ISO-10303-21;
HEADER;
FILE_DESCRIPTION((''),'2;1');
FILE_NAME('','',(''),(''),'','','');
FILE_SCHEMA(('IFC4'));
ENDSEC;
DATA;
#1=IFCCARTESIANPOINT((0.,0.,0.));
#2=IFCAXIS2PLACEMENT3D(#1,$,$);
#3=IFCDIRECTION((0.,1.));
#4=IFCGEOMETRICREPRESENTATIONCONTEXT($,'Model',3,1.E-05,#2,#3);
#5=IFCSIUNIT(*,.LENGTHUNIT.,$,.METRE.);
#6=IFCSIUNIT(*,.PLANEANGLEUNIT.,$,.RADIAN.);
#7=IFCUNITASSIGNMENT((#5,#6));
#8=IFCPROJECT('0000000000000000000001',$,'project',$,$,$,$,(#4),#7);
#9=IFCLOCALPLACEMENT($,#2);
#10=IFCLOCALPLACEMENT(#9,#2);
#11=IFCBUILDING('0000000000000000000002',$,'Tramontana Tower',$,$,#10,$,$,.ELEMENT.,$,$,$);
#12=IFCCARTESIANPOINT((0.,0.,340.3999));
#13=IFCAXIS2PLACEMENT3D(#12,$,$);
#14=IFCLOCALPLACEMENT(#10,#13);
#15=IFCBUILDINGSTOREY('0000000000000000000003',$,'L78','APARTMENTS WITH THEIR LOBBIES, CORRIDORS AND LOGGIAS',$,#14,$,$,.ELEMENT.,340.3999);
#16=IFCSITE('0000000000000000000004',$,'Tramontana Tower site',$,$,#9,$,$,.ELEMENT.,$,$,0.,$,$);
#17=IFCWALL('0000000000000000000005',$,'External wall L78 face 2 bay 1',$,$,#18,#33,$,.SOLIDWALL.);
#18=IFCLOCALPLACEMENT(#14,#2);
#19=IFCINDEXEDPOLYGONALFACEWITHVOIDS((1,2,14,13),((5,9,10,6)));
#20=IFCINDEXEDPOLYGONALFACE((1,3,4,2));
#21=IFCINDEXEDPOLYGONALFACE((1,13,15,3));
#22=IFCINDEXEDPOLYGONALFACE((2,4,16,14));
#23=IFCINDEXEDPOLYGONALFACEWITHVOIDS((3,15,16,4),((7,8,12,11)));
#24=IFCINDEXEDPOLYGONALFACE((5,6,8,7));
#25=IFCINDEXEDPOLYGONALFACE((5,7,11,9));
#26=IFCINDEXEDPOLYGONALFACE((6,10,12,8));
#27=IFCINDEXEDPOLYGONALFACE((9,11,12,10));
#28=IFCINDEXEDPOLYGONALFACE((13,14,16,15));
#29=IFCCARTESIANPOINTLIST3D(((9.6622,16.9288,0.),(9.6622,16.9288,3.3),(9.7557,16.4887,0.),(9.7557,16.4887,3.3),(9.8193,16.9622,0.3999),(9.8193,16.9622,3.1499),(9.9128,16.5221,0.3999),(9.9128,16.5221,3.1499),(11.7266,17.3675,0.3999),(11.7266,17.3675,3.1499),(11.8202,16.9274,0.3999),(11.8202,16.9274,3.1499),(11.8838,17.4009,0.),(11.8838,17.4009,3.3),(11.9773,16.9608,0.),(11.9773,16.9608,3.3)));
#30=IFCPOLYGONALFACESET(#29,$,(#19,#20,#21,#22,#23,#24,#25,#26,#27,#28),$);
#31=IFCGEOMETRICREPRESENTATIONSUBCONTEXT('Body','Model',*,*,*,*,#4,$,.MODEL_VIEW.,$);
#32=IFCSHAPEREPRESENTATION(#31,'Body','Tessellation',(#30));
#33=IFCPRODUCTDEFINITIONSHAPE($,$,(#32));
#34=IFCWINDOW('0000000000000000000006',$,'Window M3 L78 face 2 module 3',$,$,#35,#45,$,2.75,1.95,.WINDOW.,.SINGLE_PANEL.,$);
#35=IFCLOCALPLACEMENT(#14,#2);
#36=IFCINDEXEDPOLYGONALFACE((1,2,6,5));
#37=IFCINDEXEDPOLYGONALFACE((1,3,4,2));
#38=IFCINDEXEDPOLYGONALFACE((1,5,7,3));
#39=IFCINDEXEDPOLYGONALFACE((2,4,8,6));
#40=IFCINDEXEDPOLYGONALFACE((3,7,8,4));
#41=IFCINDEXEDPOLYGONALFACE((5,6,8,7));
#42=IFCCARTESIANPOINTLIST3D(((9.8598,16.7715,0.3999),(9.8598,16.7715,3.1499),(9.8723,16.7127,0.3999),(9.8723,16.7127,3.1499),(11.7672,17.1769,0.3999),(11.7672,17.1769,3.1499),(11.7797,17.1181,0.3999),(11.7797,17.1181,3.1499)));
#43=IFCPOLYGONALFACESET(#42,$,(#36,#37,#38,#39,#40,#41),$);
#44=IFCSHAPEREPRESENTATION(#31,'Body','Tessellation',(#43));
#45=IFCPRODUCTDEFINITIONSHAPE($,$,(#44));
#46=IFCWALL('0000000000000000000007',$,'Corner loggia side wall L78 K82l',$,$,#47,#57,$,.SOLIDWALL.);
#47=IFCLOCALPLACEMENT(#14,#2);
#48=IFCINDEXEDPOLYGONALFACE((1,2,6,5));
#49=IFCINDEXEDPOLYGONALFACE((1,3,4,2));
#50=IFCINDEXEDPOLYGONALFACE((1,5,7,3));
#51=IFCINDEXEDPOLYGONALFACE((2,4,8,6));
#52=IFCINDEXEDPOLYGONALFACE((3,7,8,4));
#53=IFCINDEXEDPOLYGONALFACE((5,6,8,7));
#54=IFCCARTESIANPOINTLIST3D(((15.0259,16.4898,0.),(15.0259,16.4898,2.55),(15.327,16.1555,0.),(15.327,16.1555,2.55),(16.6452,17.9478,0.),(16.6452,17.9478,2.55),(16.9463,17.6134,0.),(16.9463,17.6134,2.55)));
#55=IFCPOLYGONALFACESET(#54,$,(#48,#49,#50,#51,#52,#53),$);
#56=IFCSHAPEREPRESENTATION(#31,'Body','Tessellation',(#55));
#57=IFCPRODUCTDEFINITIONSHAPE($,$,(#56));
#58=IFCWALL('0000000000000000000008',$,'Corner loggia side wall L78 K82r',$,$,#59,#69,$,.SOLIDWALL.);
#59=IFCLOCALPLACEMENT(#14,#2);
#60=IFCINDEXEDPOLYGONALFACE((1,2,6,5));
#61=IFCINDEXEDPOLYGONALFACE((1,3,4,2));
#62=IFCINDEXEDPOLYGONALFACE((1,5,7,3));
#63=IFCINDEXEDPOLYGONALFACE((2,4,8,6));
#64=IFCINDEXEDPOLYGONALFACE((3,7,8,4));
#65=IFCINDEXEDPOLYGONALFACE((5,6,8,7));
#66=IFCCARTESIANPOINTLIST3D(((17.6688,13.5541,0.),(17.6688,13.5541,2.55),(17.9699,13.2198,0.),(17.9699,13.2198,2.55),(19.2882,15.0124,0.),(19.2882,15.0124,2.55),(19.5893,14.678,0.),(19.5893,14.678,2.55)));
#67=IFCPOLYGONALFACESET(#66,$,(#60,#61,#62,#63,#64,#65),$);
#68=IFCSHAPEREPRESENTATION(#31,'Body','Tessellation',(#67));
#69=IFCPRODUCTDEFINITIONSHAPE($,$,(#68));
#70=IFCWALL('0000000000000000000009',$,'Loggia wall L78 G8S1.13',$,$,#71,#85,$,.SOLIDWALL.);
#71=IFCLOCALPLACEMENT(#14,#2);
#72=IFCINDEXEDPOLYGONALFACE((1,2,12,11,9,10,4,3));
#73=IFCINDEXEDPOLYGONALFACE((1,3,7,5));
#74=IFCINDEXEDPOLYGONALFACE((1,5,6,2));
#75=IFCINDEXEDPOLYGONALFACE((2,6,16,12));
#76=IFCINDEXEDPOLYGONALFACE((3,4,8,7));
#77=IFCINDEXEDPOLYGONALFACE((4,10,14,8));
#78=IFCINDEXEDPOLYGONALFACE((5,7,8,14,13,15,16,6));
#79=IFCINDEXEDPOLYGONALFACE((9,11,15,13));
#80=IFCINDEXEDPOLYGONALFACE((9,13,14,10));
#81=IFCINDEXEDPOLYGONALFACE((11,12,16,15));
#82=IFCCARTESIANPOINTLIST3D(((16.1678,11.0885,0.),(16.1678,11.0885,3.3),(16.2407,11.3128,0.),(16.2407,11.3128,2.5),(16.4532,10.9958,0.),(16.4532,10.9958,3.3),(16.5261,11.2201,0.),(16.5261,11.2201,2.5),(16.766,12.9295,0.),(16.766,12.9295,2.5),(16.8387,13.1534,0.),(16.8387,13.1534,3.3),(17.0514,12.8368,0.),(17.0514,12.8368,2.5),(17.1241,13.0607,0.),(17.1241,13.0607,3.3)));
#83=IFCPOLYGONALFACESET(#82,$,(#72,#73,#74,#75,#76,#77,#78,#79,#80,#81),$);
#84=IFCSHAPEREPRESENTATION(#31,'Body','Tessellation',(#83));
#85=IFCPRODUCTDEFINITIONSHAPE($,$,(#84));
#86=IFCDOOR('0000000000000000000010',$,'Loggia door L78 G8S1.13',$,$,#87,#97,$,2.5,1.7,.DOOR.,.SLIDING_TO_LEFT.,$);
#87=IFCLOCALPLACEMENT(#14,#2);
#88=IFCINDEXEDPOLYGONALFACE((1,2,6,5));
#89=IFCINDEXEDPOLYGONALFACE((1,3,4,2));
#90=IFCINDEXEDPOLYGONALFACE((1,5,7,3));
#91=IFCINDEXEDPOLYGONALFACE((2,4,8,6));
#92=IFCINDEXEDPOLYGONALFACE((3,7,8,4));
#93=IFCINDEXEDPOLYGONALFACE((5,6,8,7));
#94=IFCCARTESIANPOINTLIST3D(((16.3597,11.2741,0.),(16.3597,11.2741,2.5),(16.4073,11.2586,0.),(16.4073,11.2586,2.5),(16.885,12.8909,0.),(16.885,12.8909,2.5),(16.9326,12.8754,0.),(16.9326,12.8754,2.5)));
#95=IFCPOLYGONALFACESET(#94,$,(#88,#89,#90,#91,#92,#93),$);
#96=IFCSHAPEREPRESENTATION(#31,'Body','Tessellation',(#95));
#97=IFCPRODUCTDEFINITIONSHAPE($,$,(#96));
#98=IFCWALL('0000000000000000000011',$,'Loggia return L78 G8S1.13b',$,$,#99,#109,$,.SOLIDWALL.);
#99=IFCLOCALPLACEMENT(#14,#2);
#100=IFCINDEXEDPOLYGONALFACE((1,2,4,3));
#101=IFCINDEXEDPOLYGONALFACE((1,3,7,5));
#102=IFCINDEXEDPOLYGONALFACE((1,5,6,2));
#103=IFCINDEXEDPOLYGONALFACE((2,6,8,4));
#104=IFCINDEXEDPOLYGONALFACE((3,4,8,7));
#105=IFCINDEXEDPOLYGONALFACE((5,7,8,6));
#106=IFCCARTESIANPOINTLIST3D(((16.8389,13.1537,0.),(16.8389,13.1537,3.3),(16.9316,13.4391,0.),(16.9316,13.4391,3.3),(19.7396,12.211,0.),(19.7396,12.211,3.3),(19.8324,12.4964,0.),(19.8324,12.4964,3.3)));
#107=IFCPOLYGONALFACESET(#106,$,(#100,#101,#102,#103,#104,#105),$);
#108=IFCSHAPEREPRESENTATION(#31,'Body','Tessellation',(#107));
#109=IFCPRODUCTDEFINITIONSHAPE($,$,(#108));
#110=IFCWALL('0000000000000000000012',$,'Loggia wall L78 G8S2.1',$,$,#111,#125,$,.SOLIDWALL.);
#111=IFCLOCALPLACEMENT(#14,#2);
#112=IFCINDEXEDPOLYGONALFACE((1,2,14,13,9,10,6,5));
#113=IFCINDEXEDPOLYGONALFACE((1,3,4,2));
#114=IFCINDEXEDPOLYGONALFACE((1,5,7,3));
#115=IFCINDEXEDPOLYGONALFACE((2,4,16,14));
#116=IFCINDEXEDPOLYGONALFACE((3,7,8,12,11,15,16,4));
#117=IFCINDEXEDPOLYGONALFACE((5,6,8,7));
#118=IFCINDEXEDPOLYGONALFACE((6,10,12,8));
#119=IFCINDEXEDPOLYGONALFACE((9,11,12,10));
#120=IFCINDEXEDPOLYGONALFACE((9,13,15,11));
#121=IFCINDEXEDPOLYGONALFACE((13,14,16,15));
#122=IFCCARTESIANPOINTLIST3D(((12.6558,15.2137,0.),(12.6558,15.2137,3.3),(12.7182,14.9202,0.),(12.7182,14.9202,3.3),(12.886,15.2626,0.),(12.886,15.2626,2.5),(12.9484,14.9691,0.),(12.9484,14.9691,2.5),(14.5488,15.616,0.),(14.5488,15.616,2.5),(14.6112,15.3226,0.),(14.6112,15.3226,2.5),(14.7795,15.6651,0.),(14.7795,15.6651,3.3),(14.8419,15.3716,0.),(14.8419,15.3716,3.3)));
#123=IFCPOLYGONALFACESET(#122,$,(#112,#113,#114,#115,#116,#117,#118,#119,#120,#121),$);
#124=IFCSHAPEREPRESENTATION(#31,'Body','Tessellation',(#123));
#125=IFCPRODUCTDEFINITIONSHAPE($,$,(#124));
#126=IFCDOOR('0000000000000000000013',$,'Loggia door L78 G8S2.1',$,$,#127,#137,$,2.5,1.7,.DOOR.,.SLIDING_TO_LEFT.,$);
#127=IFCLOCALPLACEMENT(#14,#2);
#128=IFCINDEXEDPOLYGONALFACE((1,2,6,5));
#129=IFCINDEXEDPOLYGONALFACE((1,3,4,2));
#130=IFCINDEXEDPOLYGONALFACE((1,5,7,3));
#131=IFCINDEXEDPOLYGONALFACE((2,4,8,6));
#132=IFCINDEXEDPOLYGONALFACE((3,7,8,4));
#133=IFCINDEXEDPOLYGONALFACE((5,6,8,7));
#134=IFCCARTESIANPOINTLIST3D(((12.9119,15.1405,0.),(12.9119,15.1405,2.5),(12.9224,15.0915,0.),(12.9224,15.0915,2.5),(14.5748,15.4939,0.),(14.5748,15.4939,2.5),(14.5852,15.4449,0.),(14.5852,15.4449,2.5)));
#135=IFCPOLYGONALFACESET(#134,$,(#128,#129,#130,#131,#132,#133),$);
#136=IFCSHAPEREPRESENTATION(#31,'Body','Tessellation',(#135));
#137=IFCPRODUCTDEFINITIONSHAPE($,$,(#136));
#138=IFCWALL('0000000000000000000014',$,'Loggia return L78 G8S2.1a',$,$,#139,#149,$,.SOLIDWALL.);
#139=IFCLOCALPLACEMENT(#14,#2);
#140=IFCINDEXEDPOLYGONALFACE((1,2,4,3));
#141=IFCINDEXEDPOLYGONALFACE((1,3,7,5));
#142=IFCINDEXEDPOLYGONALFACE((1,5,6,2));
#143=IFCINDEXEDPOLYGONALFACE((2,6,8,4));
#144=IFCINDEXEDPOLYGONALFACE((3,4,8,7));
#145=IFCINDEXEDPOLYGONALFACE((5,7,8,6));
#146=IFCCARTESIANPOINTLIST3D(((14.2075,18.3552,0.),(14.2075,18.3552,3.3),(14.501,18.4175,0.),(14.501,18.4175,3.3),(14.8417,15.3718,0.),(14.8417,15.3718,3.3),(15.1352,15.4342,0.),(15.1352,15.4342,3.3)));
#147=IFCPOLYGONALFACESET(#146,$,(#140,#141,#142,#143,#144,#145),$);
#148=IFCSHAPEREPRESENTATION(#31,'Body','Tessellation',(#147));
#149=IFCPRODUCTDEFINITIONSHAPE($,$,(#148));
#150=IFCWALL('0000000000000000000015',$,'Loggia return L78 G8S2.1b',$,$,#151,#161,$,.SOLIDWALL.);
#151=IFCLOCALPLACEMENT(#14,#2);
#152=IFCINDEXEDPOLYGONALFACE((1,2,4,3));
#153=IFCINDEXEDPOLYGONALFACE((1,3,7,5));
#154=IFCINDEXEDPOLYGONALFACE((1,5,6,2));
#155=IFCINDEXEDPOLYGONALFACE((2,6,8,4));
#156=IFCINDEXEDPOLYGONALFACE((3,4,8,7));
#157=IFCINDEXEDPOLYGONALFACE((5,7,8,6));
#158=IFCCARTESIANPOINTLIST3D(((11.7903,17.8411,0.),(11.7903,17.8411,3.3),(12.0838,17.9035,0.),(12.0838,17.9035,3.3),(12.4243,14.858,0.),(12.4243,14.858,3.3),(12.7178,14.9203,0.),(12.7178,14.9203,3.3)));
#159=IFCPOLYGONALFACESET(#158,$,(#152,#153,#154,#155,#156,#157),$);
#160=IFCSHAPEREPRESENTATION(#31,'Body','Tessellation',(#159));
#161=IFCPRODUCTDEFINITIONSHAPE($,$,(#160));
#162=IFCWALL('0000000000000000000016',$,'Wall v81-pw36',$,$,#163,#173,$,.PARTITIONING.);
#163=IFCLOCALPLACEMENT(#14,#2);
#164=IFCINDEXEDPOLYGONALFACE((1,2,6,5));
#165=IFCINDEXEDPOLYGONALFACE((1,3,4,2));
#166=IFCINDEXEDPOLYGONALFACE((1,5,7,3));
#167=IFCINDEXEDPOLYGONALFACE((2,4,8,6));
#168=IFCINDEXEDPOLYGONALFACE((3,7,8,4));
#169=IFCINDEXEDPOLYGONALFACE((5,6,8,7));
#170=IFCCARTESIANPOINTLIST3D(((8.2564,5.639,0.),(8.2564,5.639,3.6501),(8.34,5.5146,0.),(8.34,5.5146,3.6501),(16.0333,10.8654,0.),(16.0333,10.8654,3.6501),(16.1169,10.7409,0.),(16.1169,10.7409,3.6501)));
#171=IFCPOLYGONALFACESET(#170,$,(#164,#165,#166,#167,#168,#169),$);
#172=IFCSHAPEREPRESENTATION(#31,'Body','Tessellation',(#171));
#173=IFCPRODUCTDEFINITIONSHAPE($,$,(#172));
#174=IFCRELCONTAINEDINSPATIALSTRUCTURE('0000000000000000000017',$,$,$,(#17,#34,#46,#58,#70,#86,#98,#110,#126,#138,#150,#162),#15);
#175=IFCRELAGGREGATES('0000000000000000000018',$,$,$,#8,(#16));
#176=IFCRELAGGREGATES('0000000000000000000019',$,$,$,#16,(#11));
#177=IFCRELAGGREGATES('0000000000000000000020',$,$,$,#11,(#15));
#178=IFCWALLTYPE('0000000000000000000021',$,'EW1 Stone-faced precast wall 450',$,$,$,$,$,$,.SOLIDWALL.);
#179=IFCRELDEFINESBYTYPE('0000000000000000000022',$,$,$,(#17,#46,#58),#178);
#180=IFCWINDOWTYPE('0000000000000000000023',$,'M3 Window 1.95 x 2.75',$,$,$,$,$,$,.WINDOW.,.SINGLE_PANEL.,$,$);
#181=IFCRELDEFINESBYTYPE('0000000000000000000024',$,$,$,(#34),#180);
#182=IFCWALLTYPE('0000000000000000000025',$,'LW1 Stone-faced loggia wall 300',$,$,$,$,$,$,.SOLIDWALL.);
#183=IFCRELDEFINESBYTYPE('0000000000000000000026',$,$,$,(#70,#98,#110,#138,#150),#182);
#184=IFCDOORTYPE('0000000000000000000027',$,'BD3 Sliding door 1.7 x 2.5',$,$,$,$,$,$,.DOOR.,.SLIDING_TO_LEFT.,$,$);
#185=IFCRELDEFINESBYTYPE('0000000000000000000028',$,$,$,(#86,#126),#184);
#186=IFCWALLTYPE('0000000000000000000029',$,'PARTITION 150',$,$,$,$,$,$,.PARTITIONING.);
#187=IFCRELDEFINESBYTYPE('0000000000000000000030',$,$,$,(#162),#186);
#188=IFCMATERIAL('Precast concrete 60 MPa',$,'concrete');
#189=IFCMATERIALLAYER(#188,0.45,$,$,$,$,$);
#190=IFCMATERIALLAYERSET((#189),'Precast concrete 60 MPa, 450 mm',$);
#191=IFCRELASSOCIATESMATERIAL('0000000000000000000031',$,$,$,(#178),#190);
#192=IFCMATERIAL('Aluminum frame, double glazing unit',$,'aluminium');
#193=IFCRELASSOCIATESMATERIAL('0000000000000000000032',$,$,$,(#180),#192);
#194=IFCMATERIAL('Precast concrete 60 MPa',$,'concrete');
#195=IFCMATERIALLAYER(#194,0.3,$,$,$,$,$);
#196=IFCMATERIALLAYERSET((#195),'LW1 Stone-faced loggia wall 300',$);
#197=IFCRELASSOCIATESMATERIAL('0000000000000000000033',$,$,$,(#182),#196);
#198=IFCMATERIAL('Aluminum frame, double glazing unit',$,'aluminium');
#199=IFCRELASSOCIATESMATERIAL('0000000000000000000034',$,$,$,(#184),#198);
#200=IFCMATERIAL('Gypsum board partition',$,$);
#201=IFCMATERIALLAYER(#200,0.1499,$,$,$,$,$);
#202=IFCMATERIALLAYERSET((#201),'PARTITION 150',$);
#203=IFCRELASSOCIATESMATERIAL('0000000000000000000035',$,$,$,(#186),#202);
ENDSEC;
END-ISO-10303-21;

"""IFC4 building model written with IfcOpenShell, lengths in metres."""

from ifc_helpers import new_model, si_unit, direction, frame, frame_2d, origin, place, context, subcontext, project, spatial, rectangle, extrude, material, layer, layer_set, type_object, element, fill, save


model = new_model("IFC4")

# Units and contexts
model_context = context("Model", 3, precision=1e-05, world=origin(), true_north=direction((0.0, 1.0)))
body_context = subcontext(model_context, "Body", "Model", "MODEL_VIEW")
ifc_project = project(units=[si_unit("LENGTHUNIT", "METRE"), si_unit("PLANEANGLEUNIT", "RADIAN")], contexts=[model_context])

# Site, building, storey
site_placement = place(None, origin())
site = spatial("IfcSite", under=ifc_project, at=site_placement, Name="Tramontana Tower site", CompositionType="ELEMENT", RefElevation=0.0)
building_placement = place(site_placement, origin())
building = spatial("IfcBuilding", under=site, at=building_placement, Name="Tramontana Tower", CompositionType="ELEMENT")
storey_placement = place(building_placement, frame((0.0, 0.0, 340.3999)))
storey = spatial("IfcBuildingStorey", under=building, at=storey_placement, Name="L78", Description="APARTMENTS WITH THEIR LOBBIES, CORRIDORS AND LOGGIAS", CompositionType="ELEMENT", Elevation=340.3999)

# Wall, opening, window
ifc_material_1 = material(Name="Precast concrete 60 MPa", Category="concrete")
ifc_layer_1 = layer(ifc_material_1, 0.45)
ifc_layer_set_1 = layer_set([ifc_layer_1], Name="Precast concrete 60 MPa, 450 mm")
wall_type_1 = type_object("IfcWallType", Name="EW1 Stone-faced precast wall 450", PredefinedType="SOLIDWALL", material=ifc_layer_set_1)
wall_1_placement = place(storey_placement, frame((11.9307, 17.1809, 0.0), z_axis=(0.0, 0.0, 1.0), x_axis=(-0.978153, -0.207884, 0.0)))
wall_1 = element("IfcWall", 1, at=wall_1_placement, inside=storey, type_object=wall_type_1, Name="External wall L78 face 2 bay 1", PredefinedType="SOLIDWALL", context=body_context, shape_type="SweptSolid", body=[
    extrude(rectangle(XDim=2.2712, YDim=0.45, at=frame_2d((1.1357, 0.0))), origin(), (0.0, 0.0, 1.0), 3.3),
])
opening_1_placement = place(wall_1_placement, frame((0.1606, 0.0, 0.3999)))
opening_1 = element("IfcOpeningElement", 2, at=opening_1_placement, cuts=wall_1, PredefinedType="OPENING", context=body_context, shape_type="SweptSolid", body=[
    extrude(rectangle(XDim=1.95, YDim=2.75, at=frame_2d((0.9751, 1.375))), frame((0.0, 0.2349, 0.0), z_axis=(0.0, -1.0, 0.0), x_axis=(1.0, 0.0, 0.0)), (0.0, 0.0, 1.0), 0.47),
])
ifc_material_2 = material(Name="Aluminum frame, double glazing unit", Category="aluminium")
window_type_1 = type_object("IfcWindowType", Name="M3 Window 1.95 x 2.75", PartitioningType="SINGLE_PANEL", PredefinedType="WINDOW", material=ifc_material_2)
window_1_placement = place(opening_1_placement, origin())
window_1 = element("IfcWindow", 3, at=window_1_placement, inside=storey, type_object=window_type_1, Name="Window M3 L78 face 2 module 3", OverallHeight=2.75, OverallWidth=1.95, PartitioningType="SINGLE_PANEL", PredefinedType="WINDOW", context=body_context, shape_type="SweptSolid", body=[
    extrude(rectangle(XDim=1.95, YDim=2.75, at=frame_2d((0.9751, 1.375))), frame((0.0, 0.03, 0.0), z_axis=(0.0, -1.0, 0.0), x_axis=(1.0, 0.0, 0.0)), (0.0, 0.0, 1.0), 0.0601),
])
fill(opening_1, window_1)

# Walls
wall_2_placement = place(storey_placement, frame((16.7957, 17.7805, 0.0), z_axis=(0.0, 0.0, 1.0), x_axis=(-0.743166, -0.669107, 0.0)))
element("IfcWall", 4, at=wall_2_placement, inside=storey, type_object=wall_type_1, Name="Corner loggia side wall L78 K82l", PredefinedType="SOLIDWALL", context=body_context, shape_type="SweptSolid", body=[
    extrude(rectangle(XDim=2.179, YDim=0.45, at=frame_2d((1.0894, 0.0))), origin(), (0.0, 0.0, 1.0), 2.55),
])
wall_3_placement = place(storey_placement, frame((19.4387, 14.8452, 0.0), z_axis=(0.0, 0.0, 1.0), x_axis=(-0.74311, -0.669169, 0.0)))
element("IfcWall", 5, at=wall_3_placement, inside=storey, type_object=wall_type_1, Name="Corner loggia side wall L78 K82r", PredefinedType="SOLIDWALL", context=body_context, shape_type="SweptSolid", body=[
    extrude(rectangle(XDim=2.1792, YDim=0.45, at=frame_2d((1.0896, 0.0))), origin(), (0.0, 0.0, 1.0), 2.55),
])

# Wall, opening, door
ifc_material_3 = material(Name="Precast concrete 60 MPa", Category="concrete")
ifc_layer_2 = layer(ifc_material_3, 0.3)
ifc_layer_set_2 = layer_set([ifc_layer_2], Name="LW1 Stone-faced loggia wall 300")
wall_type_2 = type_object("IfcWallType", Name="LW1 Stone-faced loggia wall 300", PredefinedType="SOLIDWALL", material=ifc_layer_set_2)
wall_4_placement = place(storey_placement, frame((16.3105, 11.0422, 0.0), z_axis=(0.0, 0.0, 1.0), x_axis=(0.309, 0.951062, 0.0)))
wall_4 = element("IfcWall", 6, at=wall_4_placement, inside=storey, type_object=wall_type_2, Name="Loggia wall L78 G8S1.13", PredefinedType="SOLIDWALL", context=body_context, shape_type="SweptSolid", body=[
    extrude(rectangle(XDim=2.1711, YDim=0.3, at=frame_2d((1.0854, 0.0))), origin(), (0.0, 0.0, 1.0), 3.3),
])
opening_2_placement = place(wall_4_placement, frame((0.2356, 0.0, 0.0)))
opening_2 = element("IfcOpeningElement", 7, at=opening_2_placement, cuts=wall_4, PredefinedType="OPENING", context=body_context, shape_type="SweptSolid", body=[
    extrude(rectangle(XDim=1.7, YDim=2.5, at=frame_2d((0.8501, 1.25))), frame((0.0, 0.1599, 0.0), z_axis=(0.0, -1.0, 0.0), x_axis=(1.0, 0.0, 0.0)), (0.0, 0.0, 1.0), 0.3201),
])
ifc_material_4 = material(Name="Aluminum frame, double glazing unit", Category="aluminium")
door_type_1 = type_object("IfcDoorType", Name="BD3 Sliding door 1.7 x 2.5", OperationType="SLIDING_TO_LEFT", PredefinedType="DOOR", material=ifc_material_4)
door_1_placement = place(opening_2_placement, origin())
door_1 = element("IfcDoor", 8, at=door_1_placement, inside=storey, type_object=door_type_1, Name="Loggia door L78 G8S1.13", OperationType="SLIDING_TO_LEFT", OverallHeight=2.5, OverallWidth=1.7, PredefinedType="DOOR", context=body_context, shape_type="SweptSolid", body=[
    extrude(rectangle(XDim=1.7, YDim=2.5, at=frame_2d((0.8501, 1.25))), frame((0.0, 0.0249, 0.0), z_axis=(0.0, -1.0, 0.0), x_axis=(1.0, 0.0, 0.0)), (0.0, 0.0, 1.0), 0.05),
])
fill(opening_2, door_1)

# Wall
wall_5_placement = place(storey_placement, frame((19.7859, 12.3538, 0.0), z_axis=(0.0, 0.0, 1.0), x_axis=(-0.951042, 0.309063, 0.0)))
element("IfcWall", 9, at=wall_5_placement, inside=storey, type_object=wall_type_2, Name="Loggia return L78 G8S1.13b", PredefinedType="SOLIDWALL", context=body_context, shape_type="SweptSolid", body=[
    extrude(rectangle(XDim=3.05, YDim=0.3, at=frame_2d((1.5249, 0.0))), origin(), (0.0, 0.0, 1.0), 3.3),
])

# Wall, opening, door
wall_6_placement = place(storey_placement, frame((14.8105, 15.5183, 0.0), z_axis=(0.0, 0.0, 1.0), x_axis=(-0.978148, -0.207909, 0.0)))
wall_6 = element("IfcWall", 10, at=wall_6_placement, inside=storey, type_object=wall_type_2, Name="Loggia wall L78 G8S2.1", PredefinedType="SOLIDWALL", context=body_context, shape_type="SweptSolid", body=[
    extrude(rectangle(XDim=2.1711, YDim=0.3, at=frame_2d((1.0854, 0.0))), origin(), (0.0, 0.0, 1.0), 3.3),
])
opening_3_placement = place(wall_6_placement, frame((0.2356, 0.0, 0.0)))
opening_3 = element("IfcOpeningElement", 11, at=opening_3_placement, cuts=wall_6, PredefinedType="OPENING", context=body_context, shape_type="SweptSolid", body=[
    extrude(rectangle(XDim=1.7, YDim=2.5, at=frame_2d((0.8501, 1.25))), frame((0.0, 0.1599, 0.0), z_axis=(0.0, -1.0, 0.0), x_axis=(1.0, 0.0, 0.0)), (0.0, 0.0, 1.0), 0.3201),
])
door_2_placement = place(opening_3_placement, origin())
door_2 = element("IfcDoor", 12, at=door_2_placement, inside=storey, type_object=door_type_1, Name="Loggia door L78 G8S2.1", OperationType="SLIDING_TO_LEFT", OverallHeight=2.5, OverallWidth=1.7, PredefinedType="DOOR", context=body_context, shape_type="SweptSolid", body=[
    extrude(rectangle(XDim=1.7, YDim=2.5, at=frame_2d((0.8501, 1.25))), frame((0.0, 0.0249, 0.0), z_axis=(0.0, -1.0, 0.0), x_axis=(1.0, 0.0, 0.0)), (0.0, 0.0, 1.0), 0.05),
])
fill(opening_3, door_2)

# Walls
wall_7_placement = place(storey_placement, frame((14.3542, 18.3862, 0.0), z_axis=(0.0, 0.0, 1.0), x_axis=(0.207954, -0.978139, 0.0)))
element("IfcWall", 13, at=wall_7_placement, inside=storey, type_object=wall_type_2, Name="Loggia return L78 G8S2.1a", PredefinedType="SOLIDWALL", context=body_context, shape_type="SweptSolid", body=[
    extrude(rectangle(XDim=3.05, YDim=0.3, at=frame_2d((1.5249, 0.0))), origin(), (0.0, 0.0, 1.0), 3.3),
])
wall_8_placement = place(storey_placement, frame((11.937, 17.8723, 0.0), z_axis=(0.0, 0.0, 1.0), x_axis=(0.207894, -0.978151, 0.0)))
element("IfcWall", 14, at=wall_8_placement, inside=storey, type_object=wall_type_2, Name="Loggia return L78 G8S2.1b", PredefinedType="SOLIDWALL", context=body_context, shape_type="SweptSolid", body=[
    extrude(rectangle(XDim=3.0498, YDim=0.3, at=frame_2d((1.5249, 0.0))), origin(), (0.0, 0.0, 1.0), 3.3),
])
ifc_material_5 = material(Name="Gypsum board partition")
ifc_layer_3 = layer(ifc_material_5, 0.1499)
ifc_layer_set_3 = layer_set([ifc_layer_3], Name="PARTITION 150")
wall_type_3 = type_object("IfcWallType", Name="PARTITION 150", PredefinedType="PARTITIONING", material=ifc_layer_set_3)
wall_9_placement = place(storey_placement, frame((16.0752, 10.8032, 0.0), z_axis=(0.0, 0.0, 1.0), x_axis=(-0.829988, -0.557781, 0.0)))
element("IfcWall", 15, at=wall_9_placement, inside=storey, type_object=wall_type_3, Name="Wall v81-pw36", PredefinedType="PARTITIONING", context=body_context, shape_type="SweptSolid", body=[
    extrude(rectangle(XDim=9.3699, YDim=0.1499, at=frame_2d((4.6851, 0.0))), origin(), (0.0, 0.0, 1.0), 3.6501),
])

save(model, "model.ifc")
